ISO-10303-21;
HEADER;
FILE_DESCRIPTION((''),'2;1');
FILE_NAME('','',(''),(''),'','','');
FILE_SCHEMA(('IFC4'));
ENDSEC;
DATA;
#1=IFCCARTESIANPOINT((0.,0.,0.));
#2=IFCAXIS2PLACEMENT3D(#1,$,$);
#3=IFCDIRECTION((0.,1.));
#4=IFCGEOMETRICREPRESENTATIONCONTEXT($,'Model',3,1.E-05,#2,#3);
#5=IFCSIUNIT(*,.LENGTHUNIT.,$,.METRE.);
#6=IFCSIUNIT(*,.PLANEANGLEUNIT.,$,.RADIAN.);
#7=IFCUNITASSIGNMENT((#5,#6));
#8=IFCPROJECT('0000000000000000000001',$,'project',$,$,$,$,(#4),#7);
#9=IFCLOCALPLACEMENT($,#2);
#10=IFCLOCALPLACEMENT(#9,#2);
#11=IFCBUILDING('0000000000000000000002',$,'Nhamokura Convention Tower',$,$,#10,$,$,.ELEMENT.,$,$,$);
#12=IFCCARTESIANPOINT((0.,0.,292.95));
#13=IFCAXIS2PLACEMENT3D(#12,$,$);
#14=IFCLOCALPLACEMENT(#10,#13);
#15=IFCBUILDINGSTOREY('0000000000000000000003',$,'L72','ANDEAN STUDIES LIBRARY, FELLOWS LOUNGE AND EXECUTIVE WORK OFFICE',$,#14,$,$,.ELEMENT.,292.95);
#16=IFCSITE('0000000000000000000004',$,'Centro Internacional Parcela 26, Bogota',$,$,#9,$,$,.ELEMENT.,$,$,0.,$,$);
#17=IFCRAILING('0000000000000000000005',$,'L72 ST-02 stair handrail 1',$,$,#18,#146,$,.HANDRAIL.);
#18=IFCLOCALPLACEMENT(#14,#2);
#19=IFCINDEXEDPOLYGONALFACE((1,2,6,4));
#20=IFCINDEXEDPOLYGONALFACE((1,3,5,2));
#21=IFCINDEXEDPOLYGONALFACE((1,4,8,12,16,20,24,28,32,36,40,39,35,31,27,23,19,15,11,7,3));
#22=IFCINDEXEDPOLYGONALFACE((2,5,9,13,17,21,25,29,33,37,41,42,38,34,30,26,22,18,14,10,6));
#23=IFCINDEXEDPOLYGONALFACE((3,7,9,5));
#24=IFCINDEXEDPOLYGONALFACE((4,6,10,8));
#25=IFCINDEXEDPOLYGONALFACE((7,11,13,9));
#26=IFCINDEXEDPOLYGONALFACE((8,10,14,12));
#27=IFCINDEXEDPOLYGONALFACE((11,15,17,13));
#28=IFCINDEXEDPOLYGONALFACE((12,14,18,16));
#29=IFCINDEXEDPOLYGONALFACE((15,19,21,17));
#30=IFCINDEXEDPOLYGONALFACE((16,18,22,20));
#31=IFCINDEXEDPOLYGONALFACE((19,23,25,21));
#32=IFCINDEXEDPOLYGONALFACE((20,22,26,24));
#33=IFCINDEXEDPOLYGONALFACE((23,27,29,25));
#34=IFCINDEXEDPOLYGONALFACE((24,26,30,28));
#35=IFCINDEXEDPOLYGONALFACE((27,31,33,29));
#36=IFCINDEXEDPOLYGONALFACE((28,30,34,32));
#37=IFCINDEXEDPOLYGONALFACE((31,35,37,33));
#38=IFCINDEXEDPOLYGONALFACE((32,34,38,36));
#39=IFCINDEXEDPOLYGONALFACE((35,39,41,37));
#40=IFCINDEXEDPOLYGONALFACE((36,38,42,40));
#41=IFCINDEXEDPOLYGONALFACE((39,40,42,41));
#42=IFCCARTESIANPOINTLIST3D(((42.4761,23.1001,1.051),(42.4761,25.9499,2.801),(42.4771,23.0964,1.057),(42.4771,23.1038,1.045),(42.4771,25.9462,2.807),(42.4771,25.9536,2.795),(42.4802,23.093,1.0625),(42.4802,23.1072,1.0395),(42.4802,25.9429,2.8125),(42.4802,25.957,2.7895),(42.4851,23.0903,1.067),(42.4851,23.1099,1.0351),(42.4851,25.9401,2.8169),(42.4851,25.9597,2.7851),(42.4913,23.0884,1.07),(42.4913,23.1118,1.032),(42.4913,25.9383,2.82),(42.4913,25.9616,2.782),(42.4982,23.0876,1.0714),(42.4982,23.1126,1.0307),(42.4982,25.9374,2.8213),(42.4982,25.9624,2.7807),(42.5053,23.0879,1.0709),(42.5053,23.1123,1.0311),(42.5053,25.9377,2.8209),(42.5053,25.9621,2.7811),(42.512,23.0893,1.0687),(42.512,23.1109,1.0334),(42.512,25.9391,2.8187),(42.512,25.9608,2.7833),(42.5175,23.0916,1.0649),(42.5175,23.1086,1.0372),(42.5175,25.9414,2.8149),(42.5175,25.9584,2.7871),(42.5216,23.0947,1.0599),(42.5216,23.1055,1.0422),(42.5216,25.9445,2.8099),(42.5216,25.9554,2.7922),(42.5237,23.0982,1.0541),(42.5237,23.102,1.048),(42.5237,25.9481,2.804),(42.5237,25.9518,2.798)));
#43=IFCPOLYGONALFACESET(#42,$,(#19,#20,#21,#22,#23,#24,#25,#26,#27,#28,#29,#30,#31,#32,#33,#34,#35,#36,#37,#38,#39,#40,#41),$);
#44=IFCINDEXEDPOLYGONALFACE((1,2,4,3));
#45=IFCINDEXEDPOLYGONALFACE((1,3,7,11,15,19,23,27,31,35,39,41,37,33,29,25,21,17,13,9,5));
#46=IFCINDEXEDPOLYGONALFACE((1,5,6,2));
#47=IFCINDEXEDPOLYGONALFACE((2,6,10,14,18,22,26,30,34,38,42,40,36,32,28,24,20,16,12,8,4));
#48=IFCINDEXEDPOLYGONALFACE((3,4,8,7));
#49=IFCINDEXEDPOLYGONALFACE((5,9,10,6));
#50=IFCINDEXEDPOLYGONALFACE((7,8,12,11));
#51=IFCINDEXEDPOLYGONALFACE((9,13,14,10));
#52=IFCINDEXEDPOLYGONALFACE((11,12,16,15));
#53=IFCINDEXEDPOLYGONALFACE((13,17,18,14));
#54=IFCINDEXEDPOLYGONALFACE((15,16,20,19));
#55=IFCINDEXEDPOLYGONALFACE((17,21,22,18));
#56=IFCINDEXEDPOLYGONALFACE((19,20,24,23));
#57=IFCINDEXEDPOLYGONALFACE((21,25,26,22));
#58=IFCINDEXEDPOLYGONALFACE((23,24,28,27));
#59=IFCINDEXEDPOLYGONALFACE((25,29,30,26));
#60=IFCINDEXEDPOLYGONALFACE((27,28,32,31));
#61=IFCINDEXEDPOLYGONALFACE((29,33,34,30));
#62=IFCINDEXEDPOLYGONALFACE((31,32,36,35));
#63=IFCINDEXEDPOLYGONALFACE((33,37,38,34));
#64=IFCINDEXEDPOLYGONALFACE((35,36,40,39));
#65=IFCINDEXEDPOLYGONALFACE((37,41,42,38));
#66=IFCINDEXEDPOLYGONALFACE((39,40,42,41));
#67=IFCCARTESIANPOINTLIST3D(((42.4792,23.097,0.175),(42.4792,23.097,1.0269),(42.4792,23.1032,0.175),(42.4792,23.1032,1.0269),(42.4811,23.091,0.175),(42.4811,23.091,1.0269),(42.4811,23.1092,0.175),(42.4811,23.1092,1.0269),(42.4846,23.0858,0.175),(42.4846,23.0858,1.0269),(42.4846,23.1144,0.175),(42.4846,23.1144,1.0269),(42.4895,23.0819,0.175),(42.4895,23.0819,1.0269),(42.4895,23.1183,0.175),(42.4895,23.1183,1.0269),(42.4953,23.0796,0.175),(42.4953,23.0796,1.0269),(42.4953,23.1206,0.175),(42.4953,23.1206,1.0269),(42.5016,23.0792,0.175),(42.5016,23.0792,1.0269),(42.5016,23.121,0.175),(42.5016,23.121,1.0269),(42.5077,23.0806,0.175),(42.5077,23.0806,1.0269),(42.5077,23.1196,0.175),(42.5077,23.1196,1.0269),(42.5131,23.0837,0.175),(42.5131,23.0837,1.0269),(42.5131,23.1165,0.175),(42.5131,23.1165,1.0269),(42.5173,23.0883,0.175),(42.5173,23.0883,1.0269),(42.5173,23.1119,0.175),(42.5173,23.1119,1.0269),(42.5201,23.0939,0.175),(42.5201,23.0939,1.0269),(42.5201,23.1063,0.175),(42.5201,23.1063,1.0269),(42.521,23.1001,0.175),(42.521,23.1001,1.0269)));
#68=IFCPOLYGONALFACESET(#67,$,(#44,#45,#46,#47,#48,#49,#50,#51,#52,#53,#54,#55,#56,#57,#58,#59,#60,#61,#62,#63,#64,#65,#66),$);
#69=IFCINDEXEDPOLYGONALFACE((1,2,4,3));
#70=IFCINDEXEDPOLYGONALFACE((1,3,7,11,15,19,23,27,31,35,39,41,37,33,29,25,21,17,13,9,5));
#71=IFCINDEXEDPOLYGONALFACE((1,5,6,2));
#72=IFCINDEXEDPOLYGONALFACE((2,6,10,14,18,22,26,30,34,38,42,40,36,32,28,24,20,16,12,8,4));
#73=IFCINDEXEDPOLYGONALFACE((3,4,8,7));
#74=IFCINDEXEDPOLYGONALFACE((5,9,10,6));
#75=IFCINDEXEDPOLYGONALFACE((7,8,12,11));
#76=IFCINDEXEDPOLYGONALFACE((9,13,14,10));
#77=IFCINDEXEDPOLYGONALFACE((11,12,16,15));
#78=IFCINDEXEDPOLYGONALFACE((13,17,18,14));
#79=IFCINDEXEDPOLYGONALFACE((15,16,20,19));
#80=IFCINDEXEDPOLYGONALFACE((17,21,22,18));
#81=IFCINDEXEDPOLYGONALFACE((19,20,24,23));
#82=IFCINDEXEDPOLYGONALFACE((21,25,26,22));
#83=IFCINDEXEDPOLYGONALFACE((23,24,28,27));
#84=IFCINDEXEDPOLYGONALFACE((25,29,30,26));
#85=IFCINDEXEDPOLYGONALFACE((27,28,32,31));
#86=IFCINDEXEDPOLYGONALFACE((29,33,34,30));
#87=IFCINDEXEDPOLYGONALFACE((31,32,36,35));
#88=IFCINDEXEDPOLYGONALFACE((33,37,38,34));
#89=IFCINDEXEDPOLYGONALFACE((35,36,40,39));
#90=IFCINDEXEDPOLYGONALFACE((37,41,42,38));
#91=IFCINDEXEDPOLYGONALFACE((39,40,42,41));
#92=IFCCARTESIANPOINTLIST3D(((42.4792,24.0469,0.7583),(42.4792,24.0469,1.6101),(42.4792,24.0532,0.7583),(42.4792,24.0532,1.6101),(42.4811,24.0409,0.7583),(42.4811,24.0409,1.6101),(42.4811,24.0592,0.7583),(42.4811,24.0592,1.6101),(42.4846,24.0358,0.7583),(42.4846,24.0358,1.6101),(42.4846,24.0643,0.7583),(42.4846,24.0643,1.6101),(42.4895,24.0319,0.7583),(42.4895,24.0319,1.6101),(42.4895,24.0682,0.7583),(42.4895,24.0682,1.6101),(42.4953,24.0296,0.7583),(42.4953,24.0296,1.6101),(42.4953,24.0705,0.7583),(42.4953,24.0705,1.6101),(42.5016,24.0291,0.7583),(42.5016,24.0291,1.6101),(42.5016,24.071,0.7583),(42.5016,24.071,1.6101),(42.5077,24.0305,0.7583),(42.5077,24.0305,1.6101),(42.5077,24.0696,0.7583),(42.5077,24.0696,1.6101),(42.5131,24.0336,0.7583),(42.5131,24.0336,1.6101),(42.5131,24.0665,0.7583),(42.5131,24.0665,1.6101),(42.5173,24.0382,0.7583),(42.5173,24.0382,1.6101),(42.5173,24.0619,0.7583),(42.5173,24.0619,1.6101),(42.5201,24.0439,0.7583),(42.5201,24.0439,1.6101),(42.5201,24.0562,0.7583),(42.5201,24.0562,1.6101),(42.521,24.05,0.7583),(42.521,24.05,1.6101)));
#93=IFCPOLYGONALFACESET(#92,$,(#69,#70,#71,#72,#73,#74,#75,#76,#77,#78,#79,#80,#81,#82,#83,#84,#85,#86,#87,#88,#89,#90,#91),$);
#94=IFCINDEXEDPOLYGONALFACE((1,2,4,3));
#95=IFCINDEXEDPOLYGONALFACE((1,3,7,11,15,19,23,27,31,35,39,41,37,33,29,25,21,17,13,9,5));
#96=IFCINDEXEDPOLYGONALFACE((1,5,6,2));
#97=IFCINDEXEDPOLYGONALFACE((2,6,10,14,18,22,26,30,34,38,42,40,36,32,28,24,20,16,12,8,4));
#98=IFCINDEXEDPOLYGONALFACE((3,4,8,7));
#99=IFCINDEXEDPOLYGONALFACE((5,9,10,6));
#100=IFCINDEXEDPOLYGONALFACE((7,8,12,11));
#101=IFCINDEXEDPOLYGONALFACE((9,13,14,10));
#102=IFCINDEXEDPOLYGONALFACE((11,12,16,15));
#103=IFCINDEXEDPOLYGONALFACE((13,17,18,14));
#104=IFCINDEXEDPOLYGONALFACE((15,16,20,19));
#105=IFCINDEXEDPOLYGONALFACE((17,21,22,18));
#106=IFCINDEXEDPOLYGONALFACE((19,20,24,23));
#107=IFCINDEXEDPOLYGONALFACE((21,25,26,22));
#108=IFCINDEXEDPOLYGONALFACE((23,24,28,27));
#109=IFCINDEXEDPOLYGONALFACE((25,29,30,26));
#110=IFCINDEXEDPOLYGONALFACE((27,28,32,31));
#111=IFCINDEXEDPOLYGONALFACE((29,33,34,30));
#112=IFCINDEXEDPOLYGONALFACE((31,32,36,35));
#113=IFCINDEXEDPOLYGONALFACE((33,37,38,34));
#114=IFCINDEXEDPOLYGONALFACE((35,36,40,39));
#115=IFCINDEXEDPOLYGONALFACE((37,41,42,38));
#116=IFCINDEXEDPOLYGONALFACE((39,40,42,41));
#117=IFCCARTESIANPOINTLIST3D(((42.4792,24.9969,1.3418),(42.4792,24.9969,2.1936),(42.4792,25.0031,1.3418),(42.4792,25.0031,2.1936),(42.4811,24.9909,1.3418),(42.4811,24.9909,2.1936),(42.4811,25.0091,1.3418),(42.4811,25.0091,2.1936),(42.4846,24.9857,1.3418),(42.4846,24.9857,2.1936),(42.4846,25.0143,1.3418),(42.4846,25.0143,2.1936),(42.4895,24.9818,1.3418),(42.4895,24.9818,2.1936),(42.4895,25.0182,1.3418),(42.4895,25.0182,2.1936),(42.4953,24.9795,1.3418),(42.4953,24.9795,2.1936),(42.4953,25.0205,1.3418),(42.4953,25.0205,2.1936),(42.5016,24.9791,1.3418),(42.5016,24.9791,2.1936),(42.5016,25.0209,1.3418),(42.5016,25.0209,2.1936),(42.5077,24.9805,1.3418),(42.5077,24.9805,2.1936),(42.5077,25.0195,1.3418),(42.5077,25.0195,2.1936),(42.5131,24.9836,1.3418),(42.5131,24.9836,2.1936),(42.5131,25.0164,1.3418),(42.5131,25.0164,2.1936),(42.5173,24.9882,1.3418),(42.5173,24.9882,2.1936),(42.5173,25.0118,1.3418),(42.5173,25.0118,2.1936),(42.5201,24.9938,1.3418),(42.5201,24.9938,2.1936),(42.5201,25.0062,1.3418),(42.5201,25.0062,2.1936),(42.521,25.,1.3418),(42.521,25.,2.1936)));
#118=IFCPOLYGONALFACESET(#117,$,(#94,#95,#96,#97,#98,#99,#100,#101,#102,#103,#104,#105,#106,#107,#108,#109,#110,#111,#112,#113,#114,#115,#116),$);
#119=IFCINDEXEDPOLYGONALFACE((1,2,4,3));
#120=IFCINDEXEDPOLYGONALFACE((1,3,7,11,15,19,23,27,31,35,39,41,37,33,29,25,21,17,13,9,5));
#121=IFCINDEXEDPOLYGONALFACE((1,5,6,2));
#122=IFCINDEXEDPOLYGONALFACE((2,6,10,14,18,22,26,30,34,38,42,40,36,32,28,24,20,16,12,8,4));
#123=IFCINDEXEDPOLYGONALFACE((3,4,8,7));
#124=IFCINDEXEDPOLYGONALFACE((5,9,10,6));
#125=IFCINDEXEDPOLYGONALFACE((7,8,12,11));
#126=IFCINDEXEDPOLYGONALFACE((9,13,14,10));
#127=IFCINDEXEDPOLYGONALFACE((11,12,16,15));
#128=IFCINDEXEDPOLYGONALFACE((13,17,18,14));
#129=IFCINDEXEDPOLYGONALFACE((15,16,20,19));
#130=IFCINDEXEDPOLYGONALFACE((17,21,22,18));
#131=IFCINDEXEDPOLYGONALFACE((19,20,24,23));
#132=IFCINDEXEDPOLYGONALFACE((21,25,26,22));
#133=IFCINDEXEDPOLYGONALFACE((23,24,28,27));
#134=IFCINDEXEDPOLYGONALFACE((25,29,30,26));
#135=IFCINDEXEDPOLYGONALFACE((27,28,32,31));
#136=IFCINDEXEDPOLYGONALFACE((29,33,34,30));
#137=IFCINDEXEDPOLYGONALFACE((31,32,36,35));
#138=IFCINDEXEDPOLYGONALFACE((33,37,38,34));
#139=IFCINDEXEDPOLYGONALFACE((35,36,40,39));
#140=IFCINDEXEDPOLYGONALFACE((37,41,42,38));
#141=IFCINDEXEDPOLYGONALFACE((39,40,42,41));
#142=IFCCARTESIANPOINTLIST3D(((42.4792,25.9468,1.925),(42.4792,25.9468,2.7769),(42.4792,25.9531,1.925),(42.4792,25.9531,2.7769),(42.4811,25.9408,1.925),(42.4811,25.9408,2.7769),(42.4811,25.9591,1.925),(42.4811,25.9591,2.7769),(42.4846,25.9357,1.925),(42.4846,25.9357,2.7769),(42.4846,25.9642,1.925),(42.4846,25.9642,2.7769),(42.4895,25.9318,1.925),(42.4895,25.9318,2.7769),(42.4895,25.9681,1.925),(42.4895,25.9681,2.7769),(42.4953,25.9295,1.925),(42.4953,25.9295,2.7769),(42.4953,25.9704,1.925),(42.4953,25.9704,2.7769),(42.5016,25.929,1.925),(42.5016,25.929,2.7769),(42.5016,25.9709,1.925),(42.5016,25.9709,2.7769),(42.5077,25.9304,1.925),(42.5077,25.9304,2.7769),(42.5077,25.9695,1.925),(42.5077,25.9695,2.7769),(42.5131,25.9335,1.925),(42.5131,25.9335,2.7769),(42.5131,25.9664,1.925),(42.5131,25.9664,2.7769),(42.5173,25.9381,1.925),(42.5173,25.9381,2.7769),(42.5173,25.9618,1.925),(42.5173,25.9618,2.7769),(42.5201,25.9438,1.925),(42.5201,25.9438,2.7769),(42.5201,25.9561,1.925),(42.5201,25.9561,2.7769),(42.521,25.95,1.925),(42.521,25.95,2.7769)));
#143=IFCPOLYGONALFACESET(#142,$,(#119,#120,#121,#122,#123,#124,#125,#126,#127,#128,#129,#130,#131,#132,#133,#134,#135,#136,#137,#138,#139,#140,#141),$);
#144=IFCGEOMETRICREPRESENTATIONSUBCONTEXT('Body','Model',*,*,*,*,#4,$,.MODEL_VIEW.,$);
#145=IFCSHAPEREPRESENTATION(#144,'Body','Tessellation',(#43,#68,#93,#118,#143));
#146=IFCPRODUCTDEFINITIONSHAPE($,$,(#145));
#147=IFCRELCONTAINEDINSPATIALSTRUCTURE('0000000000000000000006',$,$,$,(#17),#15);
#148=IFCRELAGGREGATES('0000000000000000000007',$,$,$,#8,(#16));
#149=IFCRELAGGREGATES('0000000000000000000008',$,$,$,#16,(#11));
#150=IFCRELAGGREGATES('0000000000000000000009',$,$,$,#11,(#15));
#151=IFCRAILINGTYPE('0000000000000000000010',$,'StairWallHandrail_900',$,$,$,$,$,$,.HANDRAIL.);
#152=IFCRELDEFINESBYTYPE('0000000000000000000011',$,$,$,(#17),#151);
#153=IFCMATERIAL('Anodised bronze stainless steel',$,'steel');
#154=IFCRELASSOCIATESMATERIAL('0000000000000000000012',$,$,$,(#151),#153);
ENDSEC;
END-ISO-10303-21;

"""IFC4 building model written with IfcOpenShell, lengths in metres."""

from ifc_helpers import new_model, si_unit, direction, frame, origin, origin_2d, place, context, subcontext, project, spatial, circle, extrude, material, type_object, element, save


model = new_model("IFC4")

# Units and contexts
model_context = context("Model", 3, precision=1e-05, world=origin(), true_north=direction((0.0, 1.0)))
body_context = subcontext(model_context, "Body", "Model", "MODEL_VIEW")
ifc_project = project(units=[si_unit("LENGTHUNIT", "METRE"), si_unit("PLANEANGLEUNIT", "RADIAN")], contexts=[model_context])

# Site, building, storey
site_placement = place(None, origin())
site = spatial("IfcSite", under=ifc_project, at=site_placement, Name="Centro Internacional Parcela 26, Bogota", CompositionType="ELEMENT", RefElevation=0.0)
building_placement = place(site_placement, origin())
building = spatial("IfcBuilding", under=site, at=building_placement, Name="Nhamokura Convention Tower", CompositionType="ELEMENT")
storey_placement = place(building_placement, frame((0.0, 0.0, 292.95)))
storey = spatial("IfcBuildingStorey", under=building, at=storey_placement, Name="L72", Description="ANDEAN STUDIES LIBRARY, FELLOWS LOUNGE AND EXECUTIVE WORK OFFICE", CompositionType="ELEMENT", Elevation=292.95)

# Railing
ifc_material_1 = material(Name="Anodised bronze stainless steel", Category="steel")
railing_type_1 = type_object("IfcRailingType", Name="StairWallHandrail_900", PredefinedType="HANDRAIL", material=ifc_material_1)
railing_1_placement = place(storey_placement, frame((42.5, 23.1001, 0.175)))
element("IfcRailing", 1, at=railing_1_placement, inside=storey, type_object=railing_type_1, Name="L72 ST-02 stair handrail 1", PredefinedType="HANDRAIL", context=body_context, shape_type="SweptSolid", body=[
    extrude(circle(Radius=0.0239, at=origin_2d()), frame((0.0, 0.0, 0.876), z_axis=(0.0, 0.852159, 0.523283), x_axis=(-1.0, 0.0, 0.0)), (0.0, 0.0, 1.0), 3.3442),
    extrude(circle(Radius=0.021, at=origin_2d()), origin(), (0.0, 0.0, 1.0), 0.8518),
    extrude(circle(Radius=0.021, at=origin_2d()), frame((0.0, 0.95, 0.5833)), (0.0, 0.0, 1.0), 0.8518),
    extrude(circle(Radius=0.021, at=origin_2d()), frame((0.0, 1.8999, 1.1667)), (0.0, 0.0, 1.0), 0.8518),
    extrude(circle(Radius=0.021, at=origin_2d()), frame((0.0, 2.8499, 1.75)), (0.0, 0.0, 1.0), 0.8518),
])

save(model, "model.ifc")
